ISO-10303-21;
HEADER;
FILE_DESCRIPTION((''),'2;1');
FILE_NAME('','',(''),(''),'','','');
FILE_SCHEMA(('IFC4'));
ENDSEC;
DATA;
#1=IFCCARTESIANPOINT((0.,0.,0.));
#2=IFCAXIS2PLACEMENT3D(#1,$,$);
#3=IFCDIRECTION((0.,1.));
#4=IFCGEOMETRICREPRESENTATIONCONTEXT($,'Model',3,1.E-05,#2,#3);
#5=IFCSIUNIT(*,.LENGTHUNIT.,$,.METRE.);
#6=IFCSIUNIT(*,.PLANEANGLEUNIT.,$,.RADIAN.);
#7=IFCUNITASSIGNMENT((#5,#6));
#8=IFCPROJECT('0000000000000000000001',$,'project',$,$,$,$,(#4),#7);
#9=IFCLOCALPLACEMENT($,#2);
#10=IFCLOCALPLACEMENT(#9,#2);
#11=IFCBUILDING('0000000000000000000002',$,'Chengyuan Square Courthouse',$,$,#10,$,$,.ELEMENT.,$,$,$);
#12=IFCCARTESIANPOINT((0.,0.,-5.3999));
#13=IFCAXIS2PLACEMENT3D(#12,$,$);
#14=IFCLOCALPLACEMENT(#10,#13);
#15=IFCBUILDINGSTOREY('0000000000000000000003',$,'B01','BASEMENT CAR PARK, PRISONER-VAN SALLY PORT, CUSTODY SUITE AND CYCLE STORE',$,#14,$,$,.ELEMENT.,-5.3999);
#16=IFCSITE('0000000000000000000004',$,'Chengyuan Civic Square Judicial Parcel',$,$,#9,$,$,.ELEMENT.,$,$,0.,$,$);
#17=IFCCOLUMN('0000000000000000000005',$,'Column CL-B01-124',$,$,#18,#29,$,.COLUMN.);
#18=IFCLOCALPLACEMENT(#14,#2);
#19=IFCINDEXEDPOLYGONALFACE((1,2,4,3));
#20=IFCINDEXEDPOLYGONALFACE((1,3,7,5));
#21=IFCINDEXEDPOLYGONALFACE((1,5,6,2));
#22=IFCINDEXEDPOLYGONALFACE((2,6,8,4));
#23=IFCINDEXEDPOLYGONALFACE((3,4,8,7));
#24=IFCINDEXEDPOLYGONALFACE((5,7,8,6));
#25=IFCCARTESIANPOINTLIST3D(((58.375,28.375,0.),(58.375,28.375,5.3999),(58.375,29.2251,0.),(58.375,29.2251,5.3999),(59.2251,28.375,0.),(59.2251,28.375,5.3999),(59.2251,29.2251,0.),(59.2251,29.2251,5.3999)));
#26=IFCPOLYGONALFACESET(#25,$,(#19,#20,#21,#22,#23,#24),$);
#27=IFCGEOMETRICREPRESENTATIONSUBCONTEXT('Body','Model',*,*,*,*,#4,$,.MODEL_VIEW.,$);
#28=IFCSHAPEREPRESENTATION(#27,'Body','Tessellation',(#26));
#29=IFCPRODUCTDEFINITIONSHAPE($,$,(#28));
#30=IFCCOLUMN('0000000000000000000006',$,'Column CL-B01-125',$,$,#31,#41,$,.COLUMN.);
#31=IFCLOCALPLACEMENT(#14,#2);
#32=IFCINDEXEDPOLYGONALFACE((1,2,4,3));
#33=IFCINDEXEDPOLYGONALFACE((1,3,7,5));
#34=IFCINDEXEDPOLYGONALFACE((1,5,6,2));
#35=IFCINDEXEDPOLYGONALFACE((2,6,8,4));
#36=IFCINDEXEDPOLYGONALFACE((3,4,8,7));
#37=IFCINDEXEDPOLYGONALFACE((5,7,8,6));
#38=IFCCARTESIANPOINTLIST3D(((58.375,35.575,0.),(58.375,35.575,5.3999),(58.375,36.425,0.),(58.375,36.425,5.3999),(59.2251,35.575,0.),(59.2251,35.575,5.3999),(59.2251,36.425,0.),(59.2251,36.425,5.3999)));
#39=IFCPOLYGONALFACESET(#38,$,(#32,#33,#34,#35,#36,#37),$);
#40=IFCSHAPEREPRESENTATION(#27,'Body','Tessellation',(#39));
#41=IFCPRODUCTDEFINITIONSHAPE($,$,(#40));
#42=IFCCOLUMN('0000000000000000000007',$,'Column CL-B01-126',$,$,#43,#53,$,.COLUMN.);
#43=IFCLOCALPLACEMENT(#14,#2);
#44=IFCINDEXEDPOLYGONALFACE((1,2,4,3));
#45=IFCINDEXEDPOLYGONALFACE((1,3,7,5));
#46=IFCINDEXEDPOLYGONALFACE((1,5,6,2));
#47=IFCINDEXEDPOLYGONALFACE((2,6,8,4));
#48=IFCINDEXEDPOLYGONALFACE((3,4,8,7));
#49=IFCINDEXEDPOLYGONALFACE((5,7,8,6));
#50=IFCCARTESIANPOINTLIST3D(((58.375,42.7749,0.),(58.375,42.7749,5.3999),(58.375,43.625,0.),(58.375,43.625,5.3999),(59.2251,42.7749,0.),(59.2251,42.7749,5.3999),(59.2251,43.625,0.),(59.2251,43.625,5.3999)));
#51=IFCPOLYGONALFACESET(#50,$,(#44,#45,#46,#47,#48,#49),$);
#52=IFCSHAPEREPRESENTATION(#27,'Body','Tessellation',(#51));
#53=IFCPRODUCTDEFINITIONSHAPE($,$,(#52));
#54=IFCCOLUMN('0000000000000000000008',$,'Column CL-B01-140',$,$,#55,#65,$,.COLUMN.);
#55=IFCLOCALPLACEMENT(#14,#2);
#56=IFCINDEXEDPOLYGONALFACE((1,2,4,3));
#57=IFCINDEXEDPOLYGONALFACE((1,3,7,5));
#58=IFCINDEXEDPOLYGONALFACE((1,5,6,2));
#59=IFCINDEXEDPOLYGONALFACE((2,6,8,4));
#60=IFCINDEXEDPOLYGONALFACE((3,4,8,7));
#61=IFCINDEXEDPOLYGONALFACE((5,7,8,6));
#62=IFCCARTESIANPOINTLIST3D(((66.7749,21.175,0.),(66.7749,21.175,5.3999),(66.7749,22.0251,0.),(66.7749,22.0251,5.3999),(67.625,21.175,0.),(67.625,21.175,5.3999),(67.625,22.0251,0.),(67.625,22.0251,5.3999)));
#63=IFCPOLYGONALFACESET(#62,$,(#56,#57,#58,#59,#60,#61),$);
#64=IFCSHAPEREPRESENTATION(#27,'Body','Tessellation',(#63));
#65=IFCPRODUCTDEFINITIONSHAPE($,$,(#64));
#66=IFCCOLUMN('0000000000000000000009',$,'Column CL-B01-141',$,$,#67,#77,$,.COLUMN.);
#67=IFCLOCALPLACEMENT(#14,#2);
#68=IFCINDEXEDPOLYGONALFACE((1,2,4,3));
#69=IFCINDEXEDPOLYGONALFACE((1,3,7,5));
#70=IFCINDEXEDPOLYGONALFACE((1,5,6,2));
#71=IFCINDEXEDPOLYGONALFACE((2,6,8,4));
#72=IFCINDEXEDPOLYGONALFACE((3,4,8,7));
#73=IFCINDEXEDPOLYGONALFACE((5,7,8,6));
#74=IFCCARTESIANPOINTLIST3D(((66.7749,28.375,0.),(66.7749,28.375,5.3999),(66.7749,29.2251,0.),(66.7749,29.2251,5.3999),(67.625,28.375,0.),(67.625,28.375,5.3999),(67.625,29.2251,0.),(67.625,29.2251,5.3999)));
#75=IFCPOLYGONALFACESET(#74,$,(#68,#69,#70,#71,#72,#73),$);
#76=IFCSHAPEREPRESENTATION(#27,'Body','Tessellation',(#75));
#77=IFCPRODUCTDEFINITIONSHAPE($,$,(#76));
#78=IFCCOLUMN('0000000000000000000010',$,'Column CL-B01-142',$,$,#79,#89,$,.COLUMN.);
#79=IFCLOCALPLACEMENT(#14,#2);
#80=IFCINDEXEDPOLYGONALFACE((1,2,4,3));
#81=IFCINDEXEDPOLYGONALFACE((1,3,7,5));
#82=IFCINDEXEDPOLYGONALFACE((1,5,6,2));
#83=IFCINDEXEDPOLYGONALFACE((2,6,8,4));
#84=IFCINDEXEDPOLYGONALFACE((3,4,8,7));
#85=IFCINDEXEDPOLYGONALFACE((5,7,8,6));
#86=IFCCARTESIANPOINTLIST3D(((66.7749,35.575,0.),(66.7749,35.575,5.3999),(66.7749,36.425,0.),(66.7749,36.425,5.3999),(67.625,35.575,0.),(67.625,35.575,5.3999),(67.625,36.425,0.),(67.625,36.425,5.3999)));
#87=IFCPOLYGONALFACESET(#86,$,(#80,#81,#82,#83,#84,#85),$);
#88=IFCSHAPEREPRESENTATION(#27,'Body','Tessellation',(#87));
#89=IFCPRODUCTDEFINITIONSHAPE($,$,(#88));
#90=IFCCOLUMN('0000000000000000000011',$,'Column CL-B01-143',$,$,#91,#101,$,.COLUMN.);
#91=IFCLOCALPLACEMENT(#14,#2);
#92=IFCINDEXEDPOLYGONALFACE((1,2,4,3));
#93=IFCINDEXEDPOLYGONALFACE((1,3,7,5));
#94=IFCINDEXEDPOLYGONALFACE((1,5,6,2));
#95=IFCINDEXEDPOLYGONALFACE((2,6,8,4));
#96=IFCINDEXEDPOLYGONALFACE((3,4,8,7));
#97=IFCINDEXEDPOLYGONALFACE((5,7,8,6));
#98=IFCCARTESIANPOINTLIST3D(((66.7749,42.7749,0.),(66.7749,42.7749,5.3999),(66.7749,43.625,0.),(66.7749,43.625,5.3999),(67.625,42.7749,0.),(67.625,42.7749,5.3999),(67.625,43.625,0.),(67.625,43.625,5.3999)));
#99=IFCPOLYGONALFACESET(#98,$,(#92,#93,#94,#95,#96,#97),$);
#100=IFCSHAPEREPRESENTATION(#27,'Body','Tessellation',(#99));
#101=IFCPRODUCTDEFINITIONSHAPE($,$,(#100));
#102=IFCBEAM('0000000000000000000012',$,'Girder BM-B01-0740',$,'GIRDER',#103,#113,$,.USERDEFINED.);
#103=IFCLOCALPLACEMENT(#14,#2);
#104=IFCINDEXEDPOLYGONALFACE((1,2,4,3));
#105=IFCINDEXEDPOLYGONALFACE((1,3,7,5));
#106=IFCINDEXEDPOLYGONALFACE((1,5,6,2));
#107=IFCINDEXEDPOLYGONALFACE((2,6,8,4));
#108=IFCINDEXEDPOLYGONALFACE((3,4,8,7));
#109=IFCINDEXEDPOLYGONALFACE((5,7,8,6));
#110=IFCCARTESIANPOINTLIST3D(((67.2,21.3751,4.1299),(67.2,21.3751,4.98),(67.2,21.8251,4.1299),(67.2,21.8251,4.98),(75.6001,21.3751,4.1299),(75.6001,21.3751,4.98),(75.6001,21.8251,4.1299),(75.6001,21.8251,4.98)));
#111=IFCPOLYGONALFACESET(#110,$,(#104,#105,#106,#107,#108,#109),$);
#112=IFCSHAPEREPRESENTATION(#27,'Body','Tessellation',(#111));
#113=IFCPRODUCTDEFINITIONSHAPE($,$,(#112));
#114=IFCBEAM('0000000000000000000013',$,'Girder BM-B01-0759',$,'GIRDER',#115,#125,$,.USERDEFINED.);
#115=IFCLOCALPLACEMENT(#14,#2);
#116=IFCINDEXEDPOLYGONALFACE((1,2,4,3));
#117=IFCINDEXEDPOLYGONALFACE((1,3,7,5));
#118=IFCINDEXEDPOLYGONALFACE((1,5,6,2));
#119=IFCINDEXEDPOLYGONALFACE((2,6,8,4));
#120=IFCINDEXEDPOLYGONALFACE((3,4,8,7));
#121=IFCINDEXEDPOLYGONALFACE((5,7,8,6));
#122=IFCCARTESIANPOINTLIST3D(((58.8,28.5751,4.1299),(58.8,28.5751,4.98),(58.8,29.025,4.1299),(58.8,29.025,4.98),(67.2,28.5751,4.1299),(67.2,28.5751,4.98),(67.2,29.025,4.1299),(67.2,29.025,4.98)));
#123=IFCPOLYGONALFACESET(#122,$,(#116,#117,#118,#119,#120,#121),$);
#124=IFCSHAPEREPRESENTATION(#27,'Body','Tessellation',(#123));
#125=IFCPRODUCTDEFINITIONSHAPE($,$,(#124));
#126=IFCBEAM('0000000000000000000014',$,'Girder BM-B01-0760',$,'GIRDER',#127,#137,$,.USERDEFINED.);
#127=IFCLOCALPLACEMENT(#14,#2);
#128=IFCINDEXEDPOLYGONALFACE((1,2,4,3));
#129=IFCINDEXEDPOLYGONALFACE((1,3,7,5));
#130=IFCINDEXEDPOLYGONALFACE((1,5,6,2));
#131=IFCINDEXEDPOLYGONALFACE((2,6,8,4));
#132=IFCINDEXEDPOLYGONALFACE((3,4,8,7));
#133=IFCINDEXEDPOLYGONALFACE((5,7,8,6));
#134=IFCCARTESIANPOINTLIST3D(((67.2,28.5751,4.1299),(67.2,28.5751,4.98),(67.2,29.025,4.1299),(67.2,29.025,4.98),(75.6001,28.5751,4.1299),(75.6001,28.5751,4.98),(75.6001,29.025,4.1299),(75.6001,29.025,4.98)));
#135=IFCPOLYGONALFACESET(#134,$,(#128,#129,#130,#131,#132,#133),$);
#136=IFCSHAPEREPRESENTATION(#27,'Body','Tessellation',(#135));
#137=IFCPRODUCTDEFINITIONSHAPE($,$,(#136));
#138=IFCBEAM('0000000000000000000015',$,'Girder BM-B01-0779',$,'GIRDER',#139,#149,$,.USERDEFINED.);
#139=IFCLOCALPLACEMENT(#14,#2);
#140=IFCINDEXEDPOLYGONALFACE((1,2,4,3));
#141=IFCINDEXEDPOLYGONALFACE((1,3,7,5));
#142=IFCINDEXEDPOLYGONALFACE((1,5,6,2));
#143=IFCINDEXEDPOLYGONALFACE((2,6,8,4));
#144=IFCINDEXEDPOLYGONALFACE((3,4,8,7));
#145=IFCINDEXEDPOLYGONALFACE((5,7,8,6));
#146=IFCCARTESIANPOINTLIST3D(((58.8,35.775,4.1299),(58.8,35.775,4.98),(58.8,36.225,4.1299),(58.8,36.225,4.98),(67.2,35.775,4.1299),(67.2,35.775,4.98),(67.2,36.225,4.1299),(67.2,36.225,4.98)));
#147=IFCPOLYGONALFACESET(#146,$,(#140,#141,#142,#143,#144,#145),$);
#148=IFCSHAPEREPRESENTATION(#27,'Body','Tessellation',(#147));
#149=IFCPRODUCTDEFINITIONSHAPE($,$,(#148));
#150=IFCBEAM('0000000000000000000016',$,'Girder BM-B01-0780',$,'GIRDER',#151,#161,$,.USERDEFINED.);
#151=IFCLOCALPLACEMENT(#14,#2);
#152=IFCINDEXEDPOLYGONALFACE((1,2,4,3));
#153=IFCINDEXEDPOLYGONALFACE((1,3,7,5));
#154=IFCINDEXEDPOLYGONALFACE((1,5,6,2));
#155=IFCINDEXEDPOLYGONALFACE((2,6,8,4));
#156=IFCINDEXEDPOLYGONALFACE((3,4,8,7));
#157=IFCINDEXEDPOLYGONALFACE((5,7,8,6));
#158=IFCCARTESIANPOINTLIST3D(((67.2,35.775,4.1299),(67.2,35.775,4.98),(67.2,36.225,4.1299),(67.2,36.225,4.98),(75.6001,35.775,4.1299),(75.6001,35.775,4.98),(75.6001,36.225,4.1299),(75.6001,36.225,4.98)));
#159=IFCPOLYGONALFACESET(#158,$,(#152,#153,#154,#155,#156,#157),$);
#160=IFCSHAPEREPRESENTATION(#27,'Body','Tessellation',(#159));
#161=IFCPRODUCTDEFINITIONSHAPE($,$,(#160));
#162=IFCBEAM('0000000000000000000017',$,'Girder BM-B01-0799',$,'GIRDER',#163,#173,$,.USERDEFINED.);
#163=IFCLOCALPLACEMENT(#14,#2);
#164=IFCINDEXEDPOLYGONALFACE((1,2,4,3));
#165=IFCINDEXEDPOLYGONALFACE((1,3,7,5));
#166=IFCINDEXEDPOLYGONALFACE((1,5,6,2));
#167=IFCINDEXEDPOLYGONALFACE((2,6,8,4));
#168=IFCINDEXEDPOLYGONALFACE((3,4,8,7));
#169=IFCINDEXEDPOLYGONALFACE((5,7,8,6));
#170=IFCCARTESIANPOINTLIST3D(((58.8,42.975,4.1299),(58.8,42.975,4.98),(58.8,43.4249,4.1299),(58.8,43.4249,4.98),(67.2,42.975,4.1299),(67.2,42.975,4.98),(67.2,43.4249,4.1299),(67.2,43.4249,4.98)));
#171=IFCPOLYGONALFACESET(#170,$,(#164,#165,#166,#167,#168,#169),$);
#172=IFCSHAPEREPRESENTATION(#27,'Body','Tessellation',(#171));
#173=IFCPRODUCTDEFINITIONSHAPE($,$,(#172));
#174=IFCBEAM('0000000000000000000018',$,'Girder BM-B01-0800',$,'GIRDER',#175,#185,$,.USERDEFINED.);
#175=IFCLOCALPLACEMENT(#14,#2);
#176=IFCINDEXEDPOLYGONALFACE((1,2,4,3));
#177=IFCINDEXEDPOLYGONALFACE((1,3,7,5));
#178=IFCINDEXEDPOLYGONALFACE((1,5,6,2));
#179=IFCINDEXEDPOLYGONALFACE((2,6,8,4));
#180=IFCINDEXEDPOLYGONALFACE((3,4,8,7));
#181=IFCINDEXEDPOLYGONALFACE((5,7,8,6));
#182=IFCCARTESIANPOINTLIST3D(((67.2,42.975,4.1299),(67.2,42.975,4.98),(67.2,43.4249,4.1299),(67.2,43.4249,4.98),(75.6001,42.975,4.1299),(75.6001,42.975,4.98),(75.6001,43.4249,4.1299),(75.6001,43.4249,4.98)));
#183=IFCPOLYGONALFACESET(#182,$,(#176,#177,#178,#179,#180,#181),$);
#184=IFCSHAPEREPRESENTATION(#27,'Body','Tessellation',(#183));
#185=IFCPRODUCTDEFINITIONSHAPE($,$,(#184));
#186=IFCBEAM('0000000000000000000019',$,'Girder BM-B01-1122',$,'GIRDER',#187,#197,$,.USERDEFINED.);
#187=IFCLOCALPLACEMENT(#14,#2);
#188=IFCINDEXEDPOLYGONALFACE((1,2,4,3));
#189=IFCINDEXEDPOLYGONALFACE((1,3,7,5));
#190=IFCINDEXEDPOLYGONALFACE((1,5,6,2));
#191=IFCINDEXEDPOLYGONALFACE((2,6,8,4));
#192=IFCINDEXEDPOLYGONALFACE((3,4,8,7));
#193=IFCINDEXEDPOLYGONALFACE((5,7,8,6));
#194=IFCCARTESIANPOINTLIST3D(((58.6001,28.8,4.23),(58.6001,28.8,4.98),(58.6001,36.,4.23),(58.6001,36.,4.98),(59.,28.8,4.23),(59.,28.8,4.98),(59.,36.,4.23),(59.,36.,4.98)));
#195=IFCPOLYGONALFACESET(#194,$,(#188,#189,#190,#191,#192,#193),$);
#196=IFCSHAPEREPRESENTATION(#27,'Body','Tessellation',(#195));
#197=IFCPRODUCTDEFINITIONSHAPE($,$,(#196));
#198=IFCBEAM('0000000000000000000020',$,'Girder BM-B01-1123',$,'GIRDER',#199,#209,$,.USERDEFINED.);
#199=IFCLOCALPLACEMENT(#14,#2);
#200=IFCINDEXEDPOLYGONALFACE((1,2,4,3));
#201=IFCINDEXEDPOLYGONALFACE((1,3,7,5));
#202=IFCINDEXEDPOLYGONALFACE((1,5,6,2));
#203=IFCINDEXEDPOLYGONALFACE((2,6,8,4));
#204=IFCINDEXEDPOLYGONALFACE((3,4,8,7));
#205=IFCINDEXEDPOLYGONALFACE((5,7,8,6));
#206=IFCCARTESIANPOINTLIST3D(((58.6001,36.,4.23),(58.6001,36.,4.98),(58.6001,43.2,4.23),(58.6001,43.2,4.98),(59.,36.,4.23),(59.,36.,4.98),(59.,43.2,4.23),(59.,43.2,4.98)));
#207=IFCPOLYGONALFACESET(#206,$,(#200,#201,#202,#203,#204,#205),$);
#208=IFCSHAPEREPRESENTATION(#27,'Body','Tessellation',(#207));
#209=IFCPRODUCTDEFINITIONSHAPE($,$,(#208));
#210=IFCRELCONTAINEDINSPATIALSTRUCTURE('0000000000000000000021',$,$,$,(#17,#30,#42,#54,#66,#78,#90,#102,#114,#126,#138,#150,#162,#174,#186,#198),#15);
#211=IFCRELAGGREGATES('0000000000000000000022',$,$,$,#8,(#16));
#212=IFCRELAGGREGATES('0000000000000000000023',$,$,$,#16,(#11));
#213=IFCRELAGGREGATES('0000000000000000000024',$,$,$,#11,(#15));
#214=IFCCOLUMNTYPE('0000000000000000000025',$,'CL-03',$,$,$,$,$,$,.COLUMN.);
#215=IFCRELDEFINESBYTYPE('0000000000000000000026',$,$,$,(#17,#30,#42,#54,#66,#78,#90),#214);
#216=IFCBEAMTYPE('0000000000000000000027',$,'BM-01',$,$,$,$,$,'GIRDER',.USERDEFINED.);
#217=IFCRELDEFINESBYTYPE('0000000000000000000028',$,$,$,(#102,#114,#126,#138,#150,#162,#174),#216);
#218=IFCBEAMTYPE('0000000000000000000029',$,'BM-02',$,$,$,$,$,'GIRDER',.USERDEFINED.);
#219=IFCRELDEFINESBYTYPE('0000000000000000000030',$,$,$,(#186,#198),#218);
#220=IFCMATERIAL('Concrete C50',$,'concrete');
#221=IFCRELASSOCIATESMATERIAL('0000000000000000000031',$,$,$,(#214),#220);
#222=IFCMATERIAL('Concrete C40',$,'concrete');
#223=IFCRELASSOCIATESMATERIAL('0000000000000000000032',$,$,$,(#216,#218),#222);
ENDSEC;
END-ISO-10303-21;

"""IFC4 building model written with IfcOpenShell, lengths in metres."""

from ifc_helpers import new_model, si_unit, direction, frame, origin, origin_2d, place, context, subcontext, project, spatial, rectangle, extrude, material, material_profile, profile_set, type_object, element, save


model = new_model("IFC4")

# Units and contexts
model_context = context("Model", 3, precision=1e-05, world=origin(), true_north=direction((0.0, 1.0)))
body_context = subcontext(model_context, "Body", "Model", "MODEL_VIEW")
ifc_project = project(units=[si_unit("LENGTHUNIT", "METRE"), si_unit("PLANEANGLEUNIT", "RADIAN")], contexts=[model_context])

# Site, building, storey
site_placement = place(None, origin())
site = spatial("IfcSite", under=ifc_project, at=site_placement, Name="Chengyuan Civic Square Judicial Parcel", CompositionType="ELEMENT", RefElevation=0.0)
building_placement = place(site_placement, origin())
building = spatial("IfcBuilding", under=site, at=building_placement, Name="Chengyuan Square Courthouse", CompositionType="ELEMENT")
storey_placement = place(building_placement, frame((0.0, 0.0, -5.3999)))
storey = spatial("IfcBuildingStorey", under=building, at=storey_placement, Name="B01", Description="BASEMENT CAR PARK, PRISONER-VAN SALLY PORT, CUSTODY SUITE AND CYCLE STORE", CompositionType="ELEMENT", Elevation=-5.3999)

# Columns
ifc_material_1 = material(Name="Concrete C50", Category="concrete")
ifc_material_profile_1 = material_profile(ifc_material_1, rectangle(XDim=0.8501, YDim=0.8501, at=origin_2d()), Name="RC-COL-850x850")
ifc_profile_set_1 = profile_set([ifc_material_profile_1], Name="Concrete C50")
column_type = type_object("IfcColumnType", Name="CL-03", PredefinedType="COLUMN", material=ifc_profile_set_1)
for number, where, z_axis, x_axis, name in (
    (1, (58.8, 28.8, 0.0), (0.0, 0.0, 1.0), (1.0, 0.0, 0.0), "Column CL-B01-124"),
    (2, (58.8, 36.0, 0.0), (0.0, 0.0, 1.0), (1.0, 0.0, 0.0), "Column CL-B01-125"),
    (3, (58.8, 43.2, 0.0), (0.0, 0.0, 1.0), (1.0, 0.0, 0.0), "Column CL-B01-126"),
    (4, (67.2, 21.6001, 0.0), (0.0, 0.0, 1.0), (1.0, 0.0, 0.0), "Column CL-B01-140"),
    (5, (67.2, 28.8, 0.0), (0.0, 0.0, 1.0), (1.0, 0.0, 0.0), "Column CL-B01-141"),
    (6, (67.2, 36.0, 0.0), (0.0, 0.0, 1.0), (1.0, 0.0, 0.0), "Column CL-B01-142"),
    (7, (67.2, 43.2, 0.0), (0.0, 0.0, 1.0), (1.0, 0.0, 0.0), "Column CL-B01-143"),
):
    element("IfcColumn", number, at=place(storey_placement, frame(where, z_axis=z_axis, x_axis=x_axis)), inside=storey, type_object=column_type, Name=name, PredefinedType="COLUMN", context=body_context, shape_type="SweptSolid", body=[
        extrude(rectangle(XDim=0.8501, YDim=0.8501, at=origin_2d()), origin(), (0.0, 0.0, 1.0), 5.3999),
    ])

# Beams
ifc_material_2 = material(Name="Concrete C40", Category="concrete")
ifc_material_profile_2 = material_profile(ifc_material_2, rectangle(XDim=0.45, YDim=0.8501, at=origin_2d()), Name="RC-BM-450x850")
ifc_profile_set_2 = profile_set([ifc_material_profile_2], Name="Concrete C40")
beam_type_1 = type_object("IfcBeamType", Name="BM-01", ElementType="GIRDER", PredefinedType="USERDEFINED", material=ifc_profile_set_2)
beam_1_placement = place(storey_placement, frame((67.2, 21.6001, 4.5549), z_axis=(1.0, 0.0, 0.0), x_axis=(0.0, 1.0, 0.0)))
element("IfcBeam", 8, at=beam_1_placement, inside=storey, type_object=beam_type_1, Name="Girder BM-B01-0740", ObjectType="GIRDER", PredefinedType="USERDEFINED", context=body_context, shape_type="SweptSolid", body=[
    extrude(rectangle(XDim=0.45, YDim=0.8501, at=origin_2d()), origin(), (0.0, 0.0, 1.0), 8.4001),
])
beam_2_placement = place(storey_placement, frame((58.8, 28.8, 4.5549), z_axis=(1.0, 0.0, 0.0), x_axis=(0.0, 1.0, 0.0)))
element("IfcBeam", 9, at=beam_2_placement, inside=storey, type_object=beam_type_1, Name="Girder BM-B01-0759", ObjectType="GIRDER", PredefinedType="USERDEFINED", context=body_context, shape_type="SweptSolid", body=[
    extrude(rectangle(XDim=0.45, YDim=0.8501, at=origin_2d()), origin(), (0.0, 0.0, 1.0), 8.3999),
])
beam_3_placement = place(storey_placement, frame((67.2, 28.8, 4.5549), z_axis=(1.0, 0.0, 0.0), x_axis=(0.0, 1.0, 0.0)))
element("IfcBeam", 10, at=beam_3_placement, inside=storey, type_object=beam_type_1, Name="Girder BM-B01-0760", ObjectType="GIRDER", PredefinedType="USERDEFINED", context=body_context, shape_type="SweptSolid", body=[
    extrude(rectangle(XDim=0.45, YDim=0.8501, at=origin_2d()), origin(), (0.0, 0.0, 1.0), 8.4001),
])
beam_4_placement = place(storey_placement, frame((58.8, 36.0, 4.5549), z_axis=(1.0, 0.0, 0.0), x_axis=(0.0, 1.0, 0.0)))
element("IfcBeam", 11, at=beam_4_placement, inside=storey, type_object=beam_type_1, Name="Girder BM-B01-0779", ObjectType="GIRDER", PredefinedType="USERDEFINED", context=body_context, shape_type="SweptSolid", body=[
    extrude(rectangle(XDim=0.45, YDim=0.8501, at=origin_2d()), origin(), (0.0, 0.0, 1.0), 8.3999),
])
beam_5_placement = place(storey_placement, frame((67.2, 36.0, 4.5549), z_axis=(1.0, 0.0, 0.0), x_axis=(0.0, 1.0, 0.0)))
element("IfcBeam", 12, at=beam_5_placement, inside=storey, type_object=beam_type_1, Name="Girder BM-B01-0780", ObjectType="GIRDER", PredefinedType="USERDEFINED", context=body_context, shape_type="SweptSolid", body=[
    extrude(rectangle(XDim=0.45, YDim=0.8501, at=origin_2d()), origin(), (0.0, 0.0, 1.0), 8.4001),
])
beam_6_placement = place(storey_placement, frame((58.8, 43.2, 4.5549), z_axis=(1.0, 0.0, 0.0), x_axis=(0.0, 1.0, 0.0)))
element("IfcBeam", 13, at=beam_6_placement, inside=storey, type_object=beam_type_1, Name="Girder BM-B01-0799", ObjectType="GIRDER", PredefinedType="USERDEFINED", context=body_context, shape_type="SweptSolid", body=[
    extrude(rectangle(XDim=0.45, YDim=0.8501, at=origin_2d()), origin(), (0.0, 0.0, 1.0), 8.3999),
])
beam_7_placement = place(storey_placement, frame((67.2, 43.2, 4.5549), z_axis=(1.0, 0.0, 0.0), x_axis=(0.0, 1.0, 0.0)))
element("IfcBeam", 14, at=beam_7_placement, inside=storey, type_object=beam_type_1, Name="Girder BM-B01-0800", ObjectType="GIRDER", PredefinedType="USERDEFINED", context=body_context, shape_type="SweptSolid", body=[
    extrude(rectangle(XDim=0.45, YDim=0.8501, at=origin_2d()), origin(), (0.0, 0.0, 1.0), 8.4001),
])
ifc_material_profile_3 = material_profile(ifc_material_2, rectangle(XDim=0.3999, YDim=0.75, at=origin_2d()), Name="RC-BM-400x750")
ifc_profile_set_3 = profile_set([ifc_material_profile_3], Name="Concrete C40")
beam_type_2 = type_object("IfcBeamType", Name="BM-02", ElementType="GIRDER", PredefinedType="USERDEFINED", material=ifc_profile_set_3)
for number, where, z_axis, x_axis, name in (
    (15, (58.8, 28.8, 4.605), (0.0, 1.0, 0.0), (-1.0, 0.0, 0.0), "Girder BM-B01-1122"),
    (16, (58.8, 36.0, 4.605), (0.0, 1.0, 0.0), (-1.0, 0.0, 0.0), "Girder BM-B01-1123"),
):
    element("IfcBeam", number, at=place(storey_placement, frame(where, z_axis=z_axis, x_axis=x_axis)), inside=storey, type_object=beam_type_2, Name=name, ObjectType="GIRDER", PredefinedType="USERDEFINED", context=body_context, shape_type="SweptSolid", body=[
        extrude(rectangle(XDim=0.3999, YDim=0.75, at=origin_2d()), origin(), (0.0, 0.0, 1.0), 7.2),
    ])

save(model, "model.ifc")
